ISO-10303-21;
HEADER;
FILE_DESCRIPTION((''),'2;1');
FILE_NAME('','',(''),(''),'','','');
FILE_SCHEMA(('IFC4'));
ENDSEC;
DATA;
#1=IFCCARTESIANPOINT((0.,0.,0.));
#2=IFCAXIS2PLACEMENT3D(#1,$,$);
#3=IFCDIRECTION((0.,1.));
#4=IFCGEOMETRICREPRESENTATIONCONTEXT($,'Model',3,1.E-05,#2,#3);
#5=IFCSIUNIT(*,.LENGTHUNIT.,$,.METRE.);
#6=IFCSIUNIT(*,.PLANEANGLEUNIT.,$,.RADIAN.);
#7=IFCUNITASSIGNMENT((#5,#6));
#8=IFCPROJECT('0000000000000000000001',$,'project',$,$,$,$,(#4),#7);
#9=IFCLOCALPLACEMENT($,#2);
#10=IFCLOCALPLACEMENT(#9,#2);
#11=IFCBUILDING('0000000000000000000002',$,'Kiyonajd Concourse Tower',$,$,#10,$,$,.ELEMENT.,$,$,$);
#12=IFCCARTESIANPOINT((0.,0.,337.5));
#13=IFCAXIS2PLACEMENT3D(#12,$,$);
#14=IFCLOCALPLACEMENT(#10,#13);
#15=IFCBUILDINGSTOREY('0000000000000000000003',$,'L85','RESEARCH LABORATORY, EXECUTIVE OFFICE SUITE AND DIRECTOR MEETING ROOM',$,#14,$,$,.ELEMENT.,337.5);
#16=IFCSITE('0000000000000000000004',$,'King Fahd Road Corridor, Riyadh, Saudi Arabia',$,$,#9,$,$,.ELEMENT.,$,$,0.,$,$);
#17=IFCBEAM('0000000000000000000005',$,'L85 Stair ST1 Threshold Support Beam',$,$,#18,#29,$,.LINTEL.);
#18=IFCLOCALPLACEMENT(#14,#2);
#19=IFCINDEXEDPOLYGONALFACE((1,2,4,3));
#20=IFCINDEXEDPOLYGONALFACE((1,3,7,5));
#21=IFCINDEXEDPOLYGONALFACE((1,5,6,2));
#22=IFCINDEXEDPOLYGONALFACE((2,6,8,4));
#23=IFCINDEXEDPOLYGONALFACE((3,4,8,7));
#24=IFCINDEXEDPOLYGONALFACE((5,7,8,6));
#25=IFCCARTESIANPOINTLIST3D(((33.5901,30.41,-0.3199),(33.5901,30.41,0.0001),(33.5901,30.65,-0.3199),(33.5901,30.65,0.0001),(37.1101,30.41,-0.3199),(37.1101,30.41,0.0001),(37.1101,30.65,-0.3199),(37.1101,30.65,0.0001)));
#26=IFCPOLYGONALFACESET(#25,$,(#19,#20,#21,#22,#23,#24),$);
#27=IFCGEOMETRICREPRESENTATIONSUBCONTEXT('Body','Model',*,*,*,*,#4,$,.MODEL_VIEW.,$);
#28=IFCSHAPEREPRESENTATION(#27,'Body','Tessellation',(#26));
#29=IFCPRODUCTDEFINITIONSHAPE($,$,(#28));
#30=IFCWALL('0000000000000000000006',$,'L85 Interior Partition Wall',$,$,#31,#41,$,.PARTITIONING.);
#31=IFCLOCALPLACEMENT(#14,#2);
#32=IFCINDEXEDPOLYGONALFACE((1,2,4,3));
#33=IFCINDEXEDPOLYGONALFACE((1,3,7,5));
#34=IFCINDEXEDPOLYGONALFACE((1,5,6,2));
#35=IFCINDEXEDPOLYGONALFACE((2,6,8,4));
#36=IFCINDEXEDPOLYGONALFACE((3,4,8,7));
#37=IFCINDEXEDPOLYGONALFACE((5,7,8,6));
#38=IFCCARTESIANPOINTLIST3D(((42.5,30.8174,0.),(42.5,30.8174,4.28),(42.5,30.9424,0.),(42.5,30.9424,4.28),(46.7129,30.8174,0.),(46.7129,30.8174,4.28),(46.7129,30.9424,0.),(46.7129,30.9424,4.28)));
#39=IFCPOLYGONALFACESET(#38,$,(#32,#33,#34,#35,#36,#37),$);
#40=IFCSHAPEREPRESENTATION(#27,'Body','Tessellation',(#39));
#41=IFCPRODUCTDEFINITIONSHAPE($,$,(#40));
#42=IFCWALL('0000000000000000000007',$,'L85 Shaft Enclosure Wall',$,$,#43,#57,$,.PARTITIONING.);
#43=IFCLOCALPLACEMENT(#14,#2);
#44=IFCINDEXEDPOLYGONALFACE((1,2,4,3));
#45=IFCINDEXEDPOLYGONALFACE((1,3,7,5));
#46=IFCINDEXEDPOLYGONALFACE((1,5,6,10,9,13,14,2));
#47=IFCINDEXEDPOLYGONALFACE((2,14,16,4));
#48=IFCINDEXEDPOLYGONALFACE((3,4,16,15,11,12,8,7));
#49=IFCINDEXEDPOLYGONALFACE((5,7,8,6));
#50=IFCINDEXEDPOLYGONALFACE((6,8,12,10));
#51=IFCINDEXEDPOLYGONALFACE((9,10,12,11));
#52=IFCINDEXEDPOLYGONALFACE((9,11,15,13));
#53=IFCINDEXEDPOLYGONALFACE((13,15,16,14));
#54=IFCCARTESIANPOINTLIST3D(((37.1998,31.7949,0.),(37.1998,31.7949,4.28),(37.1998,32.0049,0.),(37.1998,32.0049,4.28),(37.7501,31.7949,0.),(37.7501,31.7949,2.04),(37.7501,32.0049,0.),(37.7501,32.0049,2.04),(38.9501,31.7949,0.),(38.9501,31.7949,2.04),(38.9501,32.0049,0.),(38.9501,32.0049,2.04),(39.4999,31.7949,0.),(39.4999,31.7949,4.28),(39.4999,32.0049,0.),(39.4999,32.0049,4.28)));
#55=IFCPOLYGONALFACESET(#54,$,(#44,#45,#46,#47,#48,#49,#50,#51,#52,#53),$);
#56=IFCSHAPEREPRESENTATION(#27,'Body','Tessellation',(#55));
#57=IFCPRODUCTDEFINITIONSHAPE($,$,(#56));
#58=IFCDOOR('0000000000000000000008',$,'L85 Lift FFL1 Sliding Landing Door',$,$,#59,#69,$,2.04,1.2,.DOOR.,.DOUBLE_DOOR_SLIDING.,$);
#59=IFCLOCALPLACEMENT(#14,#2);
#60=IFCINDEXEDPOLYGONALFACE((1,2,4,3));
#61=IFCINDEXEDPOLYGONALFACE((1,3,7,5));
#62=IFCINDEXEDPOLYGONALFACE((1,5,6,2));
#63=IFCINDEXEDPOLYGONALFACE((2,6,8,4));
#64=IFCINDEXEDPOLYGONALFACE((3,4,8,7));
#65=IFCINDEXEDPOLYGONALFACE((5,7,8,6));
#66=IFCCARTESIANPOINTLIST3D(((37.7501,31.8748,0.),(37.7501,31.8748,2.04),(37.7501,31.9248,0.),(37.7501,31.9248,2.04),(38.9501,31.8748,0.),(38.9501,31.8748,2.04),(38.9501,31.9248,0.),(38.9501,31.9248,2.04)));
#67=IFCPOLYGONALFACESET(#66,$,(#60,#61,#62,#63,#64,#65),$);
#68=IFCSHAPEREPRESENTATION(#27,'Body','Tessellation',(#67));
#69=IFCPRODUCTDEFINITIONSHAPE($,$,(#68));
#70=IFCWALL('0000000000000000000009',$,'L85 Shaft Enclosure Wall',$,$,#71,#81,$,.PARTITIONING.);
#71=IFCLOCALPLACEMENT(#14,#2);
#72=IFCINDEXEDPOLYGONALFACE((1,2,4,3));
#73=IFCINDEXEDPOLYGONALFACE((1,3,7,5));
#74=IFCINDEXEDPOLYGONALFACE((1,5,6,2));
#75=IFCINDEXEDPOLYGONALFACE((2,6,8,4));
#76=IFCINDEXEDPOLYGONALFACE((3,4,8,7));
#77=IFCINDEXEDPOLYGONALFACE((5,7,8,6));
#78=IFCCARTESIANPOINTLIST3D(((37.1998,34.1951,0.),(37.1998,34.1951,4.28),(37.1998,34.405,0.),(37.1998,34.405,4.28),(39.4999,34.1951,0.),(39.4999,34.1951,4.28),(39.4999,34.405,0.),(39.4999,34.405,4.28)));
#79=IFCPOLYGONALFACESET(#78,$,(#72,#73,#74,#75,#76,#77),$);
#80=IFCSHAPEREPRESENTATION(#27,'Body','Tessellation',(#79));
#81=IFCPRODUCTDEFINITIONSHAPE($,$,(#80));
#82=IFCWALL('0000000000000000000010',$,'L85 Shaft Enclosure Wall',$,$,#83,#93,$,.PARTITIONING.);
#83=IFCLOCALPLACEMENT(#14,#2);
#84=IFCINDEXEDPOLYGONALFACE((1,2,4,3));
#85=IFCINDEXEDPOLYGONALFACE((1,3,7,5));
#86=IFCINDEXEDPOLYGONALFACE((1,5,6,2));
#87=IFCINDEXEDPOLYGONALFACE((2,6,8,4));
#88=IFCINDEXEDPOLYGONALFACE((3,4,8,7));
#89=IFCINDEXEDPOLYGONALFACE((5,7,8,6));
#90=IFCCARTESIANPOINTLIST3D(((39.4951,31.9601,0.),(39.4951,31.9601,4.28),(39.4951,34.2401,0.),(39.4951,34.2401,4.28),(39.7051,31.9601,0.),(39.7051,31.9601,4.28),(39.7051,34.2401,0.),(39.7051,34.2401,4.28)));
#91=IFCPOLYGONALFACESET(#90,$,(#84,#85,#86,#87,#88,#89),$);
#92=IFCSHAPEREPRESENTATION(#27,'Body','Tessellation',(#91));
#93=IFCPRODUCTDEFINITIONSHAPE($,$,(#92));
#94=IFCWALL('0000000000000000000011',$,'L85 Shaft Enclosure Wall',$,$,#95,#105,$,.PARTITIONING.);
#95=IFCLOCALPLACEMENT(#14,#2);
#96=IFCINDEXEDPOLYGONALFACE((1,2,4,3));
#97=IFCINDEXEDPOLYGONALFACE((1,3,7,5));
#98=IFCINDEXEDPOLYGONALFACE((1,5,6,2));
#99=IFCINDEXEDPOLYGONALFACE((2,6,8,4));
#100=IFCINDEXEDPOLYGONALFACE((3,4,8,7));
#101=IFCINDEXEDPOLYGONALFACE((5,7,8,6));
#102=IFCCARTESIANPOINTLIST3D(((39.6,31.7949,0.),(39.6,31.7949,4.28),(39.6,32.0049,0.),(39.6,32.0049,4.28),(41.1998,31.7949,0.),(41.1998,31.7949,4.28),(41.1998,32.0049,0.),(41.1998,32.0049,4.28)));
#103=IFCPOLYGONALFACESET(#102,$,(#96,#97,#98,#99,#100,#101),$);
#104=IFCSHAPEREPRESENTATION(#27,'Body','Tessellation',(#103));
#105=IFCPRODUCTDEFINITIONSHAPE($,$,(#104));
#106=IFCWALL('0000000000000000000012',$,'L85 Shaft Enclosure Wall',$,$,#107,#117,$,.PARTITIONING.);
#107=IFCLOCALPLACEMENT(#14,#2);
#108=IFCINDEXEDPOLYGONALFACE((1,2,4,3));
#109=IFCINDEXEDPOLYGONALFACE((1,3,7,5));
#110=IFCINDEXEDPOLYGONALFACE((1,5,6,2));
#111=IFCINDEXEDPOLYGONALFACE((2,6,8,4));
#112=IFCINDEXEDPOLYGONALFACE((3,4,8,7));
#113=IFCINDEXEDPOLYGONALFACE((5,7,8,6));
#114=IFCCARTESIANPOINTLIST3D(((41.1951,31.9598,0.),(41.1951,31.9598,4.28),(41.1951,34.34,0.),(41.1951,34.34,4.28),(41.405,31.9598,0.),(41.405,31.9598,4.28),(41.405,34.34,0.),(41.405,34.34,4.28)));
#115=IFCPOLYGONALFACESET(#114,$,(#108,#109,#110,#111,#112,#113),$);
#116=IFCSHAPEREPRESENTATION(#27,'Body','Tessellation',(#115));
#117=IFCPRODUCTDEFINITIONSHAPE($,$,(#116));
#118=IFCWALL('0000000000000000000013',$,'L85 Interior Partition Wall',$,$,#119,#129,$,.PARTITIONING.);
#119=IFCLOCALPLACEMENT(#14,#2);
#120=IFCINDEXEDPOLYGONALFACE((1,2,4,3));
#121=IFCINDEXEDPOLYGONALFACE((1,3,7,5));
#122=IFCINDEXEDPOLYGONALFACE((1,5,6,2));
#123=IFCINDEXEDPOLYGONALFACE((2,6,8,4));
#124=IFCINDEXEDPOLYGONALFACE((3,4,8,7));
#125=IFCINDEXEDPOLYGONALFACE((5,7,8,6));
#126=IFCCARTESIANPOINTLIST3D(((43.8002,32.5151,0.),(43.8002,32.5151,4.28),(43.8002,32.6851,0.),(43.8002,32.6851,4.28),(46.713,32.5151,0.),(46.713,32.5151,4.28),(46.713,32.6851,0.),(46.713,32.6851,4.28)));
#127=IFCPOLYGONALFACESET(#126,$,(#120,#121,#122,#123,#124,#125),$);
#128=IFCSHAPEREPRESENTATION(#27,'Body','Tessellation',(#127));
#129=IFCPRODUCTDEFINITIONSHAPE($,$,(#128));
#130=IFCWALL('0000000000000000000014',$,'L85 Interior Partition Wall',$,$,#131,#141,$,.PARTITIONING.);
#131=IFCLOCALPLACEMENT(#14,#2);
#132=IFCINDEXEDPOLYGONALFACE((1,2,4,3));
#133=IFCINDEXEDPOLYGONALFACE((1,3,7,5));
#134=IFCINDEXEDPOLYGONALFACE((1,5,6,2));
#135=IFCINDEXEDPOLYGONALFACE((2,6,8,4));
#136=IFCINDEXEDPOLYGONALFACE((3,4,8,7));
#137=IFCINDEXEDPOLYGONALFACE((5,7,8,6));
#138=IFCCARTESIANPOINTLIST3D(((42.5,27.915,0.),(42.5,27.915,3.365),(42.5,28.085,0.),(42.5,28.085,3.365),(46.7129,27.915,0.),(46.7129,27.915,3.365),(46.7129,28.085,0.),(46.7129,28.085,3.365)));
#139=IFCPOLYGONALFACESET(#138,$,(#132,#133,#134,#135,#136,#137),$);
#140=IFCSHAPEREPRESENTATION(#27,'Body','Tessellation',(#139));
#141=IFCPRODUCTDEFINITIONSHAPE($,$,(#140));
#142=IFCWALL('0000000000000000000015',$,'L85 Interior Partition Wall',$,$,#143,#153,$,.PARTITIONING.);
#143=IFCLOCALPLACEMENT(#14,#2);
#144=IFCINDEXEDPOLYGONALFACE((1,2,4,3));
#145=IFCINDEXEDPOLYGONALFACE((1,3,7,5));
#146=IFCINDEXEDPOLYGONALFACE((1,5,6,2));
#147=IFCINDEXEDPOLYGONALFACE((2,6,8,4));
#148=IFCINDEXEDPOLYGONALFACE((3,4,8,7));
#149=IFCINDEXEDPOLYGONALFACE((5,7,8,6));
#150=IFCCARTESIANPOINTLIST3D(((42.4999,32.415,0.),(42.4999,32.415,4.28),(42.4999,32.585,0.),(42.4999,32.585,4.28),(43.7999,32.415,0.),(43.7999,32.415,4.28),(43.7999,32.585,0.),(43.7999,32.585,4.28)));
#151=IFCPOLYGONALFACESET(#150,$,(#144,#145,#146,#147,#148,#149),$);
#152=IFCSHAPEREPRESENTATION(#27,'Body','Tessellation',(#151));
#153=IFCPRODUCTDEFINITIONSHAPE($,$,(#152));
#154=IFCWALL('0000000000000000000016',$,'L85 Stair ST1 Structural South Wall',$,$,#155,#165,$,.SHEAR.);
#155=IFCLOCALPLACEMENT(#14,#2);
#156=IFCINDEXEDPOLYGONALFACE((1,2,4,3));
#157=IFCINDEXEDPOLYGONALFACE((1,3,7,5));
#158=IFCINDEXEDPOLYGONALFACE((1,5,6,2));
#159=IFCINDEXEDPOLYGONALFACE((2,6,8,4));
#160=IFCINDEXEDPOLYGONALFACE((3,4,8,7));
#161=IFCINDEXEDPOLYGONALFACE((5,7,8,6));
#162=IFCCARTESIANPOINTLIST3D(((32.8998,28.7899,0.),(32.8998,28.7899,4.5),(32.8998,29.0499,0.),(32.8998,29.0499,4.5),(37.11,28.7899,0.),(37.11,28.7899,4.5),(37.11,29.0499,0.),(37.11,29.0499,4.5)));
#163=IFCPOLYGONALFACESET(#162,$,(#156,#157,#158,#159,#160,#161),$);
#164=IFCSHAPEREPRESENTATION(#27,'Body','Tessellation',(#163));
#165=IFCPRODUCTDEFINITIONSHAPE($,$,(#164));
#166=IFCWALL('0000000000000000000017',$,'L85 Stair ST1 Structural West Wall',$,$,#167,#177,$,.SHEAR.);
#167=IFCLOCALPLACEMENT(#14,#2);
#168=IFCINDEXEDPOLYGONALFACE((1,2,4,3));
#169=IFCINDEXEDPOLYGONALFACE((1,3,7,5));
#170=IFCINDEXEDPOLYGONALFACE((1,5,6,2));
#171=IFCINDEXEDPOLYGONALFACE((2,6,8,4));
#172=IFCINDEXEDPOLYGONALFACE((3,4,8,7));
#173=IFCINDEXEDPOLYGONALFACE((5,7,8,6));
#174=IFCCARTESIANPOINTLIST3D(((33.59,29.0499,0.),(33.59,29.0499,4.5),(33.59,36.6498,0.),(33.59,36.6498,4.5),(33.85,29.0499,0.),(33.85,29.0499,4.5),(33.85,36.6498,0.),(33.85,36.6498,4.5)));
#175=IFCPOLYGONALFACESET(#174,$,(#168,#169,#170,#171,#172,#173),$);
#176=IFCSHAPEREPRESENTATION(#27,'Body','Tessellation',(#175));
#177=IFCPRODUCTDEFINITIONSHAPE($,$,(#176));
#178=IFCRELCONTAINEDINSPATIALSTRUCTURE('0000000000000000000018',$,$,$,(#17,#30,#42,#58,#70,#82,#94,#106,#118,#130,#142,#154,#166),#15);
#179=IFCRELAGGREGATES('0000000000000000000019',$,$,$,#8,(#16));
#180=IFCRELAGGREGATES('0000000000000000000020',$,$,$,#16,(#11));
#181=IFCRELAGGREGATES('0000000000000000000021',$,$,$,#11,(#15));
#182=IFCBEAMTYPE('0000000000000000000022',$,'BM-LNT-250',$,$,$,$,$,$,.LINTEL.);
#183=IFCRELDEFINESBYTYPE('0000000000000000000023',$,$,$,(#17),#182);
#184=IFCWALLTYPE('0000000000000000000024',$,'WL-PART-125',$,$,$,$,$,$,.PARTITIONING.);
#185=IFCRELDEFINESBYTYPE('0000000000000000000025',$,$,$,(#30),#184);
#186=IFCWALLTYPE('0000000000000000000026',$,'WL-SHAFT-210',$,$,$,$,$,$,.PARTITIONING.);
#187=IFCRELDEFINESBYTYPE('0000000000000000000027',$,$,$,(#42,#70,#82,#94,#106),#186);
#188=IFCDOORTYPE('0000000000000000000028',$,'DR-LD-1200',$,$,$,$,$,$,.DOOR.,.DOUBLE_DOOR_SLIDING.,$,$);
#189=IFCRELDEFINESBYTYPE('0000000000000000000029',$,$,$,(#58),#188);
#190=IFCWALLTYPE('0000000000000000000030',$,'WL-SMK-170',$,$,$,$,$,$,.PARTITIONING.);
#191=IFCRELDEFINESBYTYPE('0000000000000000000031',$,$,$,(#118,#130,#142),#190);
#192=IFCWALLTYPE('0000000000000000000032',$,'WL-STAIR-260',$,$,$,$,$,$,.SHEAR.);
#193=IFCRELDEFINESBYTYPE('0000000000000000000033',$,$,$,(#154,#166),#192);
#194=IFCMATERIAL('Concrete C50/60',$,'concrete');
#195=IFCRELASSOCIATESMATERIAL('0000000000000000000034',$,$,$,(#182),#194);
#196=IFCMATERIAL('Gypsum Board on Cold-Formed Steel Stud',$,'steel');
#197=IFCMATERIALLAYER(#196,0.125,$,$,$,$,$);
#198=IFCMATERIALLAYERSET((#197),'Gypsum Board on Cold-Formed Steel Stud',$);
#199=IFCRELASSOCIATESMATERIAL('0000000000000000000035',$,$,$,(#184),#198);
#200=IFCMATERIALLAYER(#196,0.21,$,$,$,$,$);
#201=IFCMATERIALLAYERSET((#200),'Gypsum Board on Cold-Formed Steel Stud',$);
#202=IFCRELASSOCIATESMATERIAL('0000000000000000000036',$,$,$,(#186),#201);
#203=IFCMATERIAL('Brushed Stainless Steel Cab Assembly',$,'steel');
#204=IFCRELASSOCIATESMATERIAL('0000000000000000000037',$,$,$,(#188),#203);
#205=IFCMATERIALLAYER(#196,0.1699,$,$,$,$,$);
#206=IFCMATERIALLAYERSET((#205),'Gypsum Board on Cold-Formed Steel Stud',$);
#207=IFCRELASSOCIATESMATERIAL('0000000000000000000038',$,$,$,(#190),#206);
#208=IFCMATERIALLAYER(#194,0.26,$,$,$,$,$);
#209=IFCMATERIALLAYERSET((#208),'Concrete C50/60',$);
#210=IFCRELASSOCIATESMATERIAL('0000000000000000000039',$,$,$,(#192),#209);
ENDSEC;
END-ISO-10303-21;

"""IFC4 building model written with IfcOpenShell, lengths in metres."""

from ifc_helpers import new_model, si_unit, direction, frame, frame_2d, origin, origin_2d, place, context, subcontext, project, spatial, rectangle, extrude, material, layer, layer_set, material_profile, profile_set, type_object, element, fill, save


model = new_model("IFC4")

# Units and contexts
model_context = context("Model", 3, precision=1e-05, world=origin(), true_north=direction((0.0, 1.0)))
body_context = subcontext(model_context, "Body", "Model", "MODEL_VIEW")
ifc_project = project(units=[si_unit("LENGTHUNIT", "METRE"), si_unit("PLANEANGLEUNIT", "RADIAN")], contexts=[model_context])

# Site, building, storey
site_placement = place(None, origin())
site = spatial("IfcSite", under=ifc_project, at=site_placement, Name="King Fahd Road Corridor, Riyadh, Saudi Arabia", CompositionType="ELEMENT", RefElevation=0.0)
building_placement = place(site_placement, origin())
building = spatial("IfcBuilding", under=site, at=building_placement, Name="Kiyonajd Concourse Tower", CompositionType="ELEMENT")
storey_placement = place(building_placement, frame((0.0, 0.0, 337.5)))
storey = spatial("IfcBuildingStorey", under=building, at=storey_placement, Name="L85", Description="RESEARCH LABORATORY, EXECUTIVE OFFICE SUITE AND DIRECTOR MEETING ROOM", CompositionType="ELEMENT", Elevation=337.5)

# Beam
ifc_material_1 = material(Name="Concrete C50/60", Category="concrete")
ifc_material_profile = material_profile(ifc_material_1, rectangle(XDim=0.24, YDim=0.3201, at=origin_2d()), Name="RCBM-240x320")
ifc_profile_set = profile_set([ifc_material_profile], Name="Concrete C50/60")
beam_type = type_object("IfcBeamType", Name="BM-LNT-250", PredefinedType="LINTEL", material=ifc_profile_set)
beam_placement = place(storey_placement, frame((33.5901, 30.53, -0.1599), z_axis=(1.0, 0.0, 0.0), x_axis=(0.0, 1.0, 0.0)))
element("IfcBeam", 1, at=beam_placement, inside=storey, type_object=beam_type, Name="L85 Stair ST1 Threshold Support Beam", PredefinedType="LINTEL", context=body_context, shape_type="SweptSolid", body=[
    extrude(rectangle(XDim=0.24, YDim=0.3201, at=origin_2d()), origin(), (0.0, 0.0, 1.0), 3.52),
])

# Wall
ifc_material_2 = material(Name="Gypsum Board on Cold-Formed Steel Stud", Category="steel")
ifc_layer_1 = layer(ifc_material_2, 0.125)
ifc_layer_set_1 = layer_set([ifc_layer_1], Name="Gypsum Board on Cold-Formed Steel Stud")
wall_type_1 = type_object("IfcWallType", Name="WL-PART-125", PredefinedType="PARTITIONING", material=ifc_layer_set_1)
wall_1_placement = place(storey_placement, frame((42.5, 30.8799, 0.0), z_axis=(0.0, 0.0, 1.0), x_axis=(1.0, 0.0, 0.0)))
element("IfcWall", 2, at=wall_1_placement, inside=storey, type_object=wall_type_1, Name="L85 Interior Partition Wall", PredefinedType="PARTITIONING", context=body_context, shape_type="SweptSolid", body=[
    extrude(rectangle(XDim=4.2129, YDim=0.125, at=frame_2d((2.1064, 0.0))), origin(), (0.0, 0.0, 1.0), 4.28),
])

# Wall, opening, door
ifc_layer_2 = layer(ifc_material_2, 0.21)
ifc_layer_set_2 = layer_set([ifc_layer_2], Name="Gypsum Board on Cold-Formed Steel Stud")
wall_type_2 = type_object("IfcWallType", Name="WL-SHAFT-210", PredefinedType="PARTITIONING", material=ifc_layer_set_2)
wall_2_placement = place(storey_placement, frame((37.2, 31.8999, 0.0), z_axis=(0.0, 0.0, 1.0), x_axis=(1.0, 0.0, 0.0)))
wall_2 = element("IfcWall", 3, at=wall_2_placement, inside=storey, type_object=wall_type_2, Name="L85 Shaft Enclosure Wall", PredefinedType="PARTITIONING", context=body_context, shape_type="SweptSolid", body=[
    extrude(rectangle(XDim=2.3, YDim=0.21, at=frame_2d((1.1499, 0.0))), origin(), (0.0, 0.0, 1.0), 4.28),
])
opening_1_placement = place(wall_2_placement, frame((0.55, 0.0, 0.0)))
opening_1 = element("IfcOpeningElement", 4, at=opening_1_placement, cuts=wall_2, PredefinedType="OPENING", context=body_context, shape_type="SweptSolid", body=[
    extrude(rectangle(XDim=1.2, YDim=2.04, at=frame_2d((0.6001, 1.02))), frame((0.0, 0.115, 0.0), z_axis=(0.0, -1.0, 0.0), x_axis=(1.0, 0.0, 0.0)), (0.0, 0.0, 1.0), 0.23),
])
ifc_material_3 = material(Name="Brushed Stainless Steel Cab Assembly", Category="steel")
door_type_1 = type_object("IfcDoorType", Name="DR-LD-1200", OperationType="DOUBLE_DOOR_SLIDING", PredefinedType="DOOR", material=ifc_material_3)
door_1_placement = place(opening_1_placement, origin())
door_1 = element("IfcDoor", 5, at=door_1_placement, inside=storey, type_object=door_type_1, Name="L85 Lift FFL1 Sliding Landing Door", OperationType="DOUBLE_DOOR_SLIDING", OverallHeight=2.04, OverallWidth=1.2, PredefinedType="DOOR", context=body_context, shape_type="SweptSolid", body=[
    extrude(rectangle(XDim=1.2, YDim=2.04, at=frame_2d((0.6001, 1.02))), frame((0.0, 0.0249, 0.0), z_axis=(0.0, -1.0, 0.0), x_axis=(1.0, 0.0, 0.0)), (0.0, 0.0, 1.0), 0.05),
])
fill(opening_1, door_1)

# Walls
wall_3_placement = place(storey_placement, frame((37.2, 34.3, 0.0), z_axis=(0.0, 0.0, 1.0), x_axis=(1.0, 0.0, 0.0)))
element("IfcWall", 6, at=wall_3_placement, inside=storey, type_object=wall_type_2, Name="L85 Shaft Enclosure Wall", PredefinedType="PARTITIONING", context=body_context, shape_type="SweptSolid", body=[
    extrude(rectangle(XDim=2.3, YDim=0.21, at=frame_2d((1.1499, 0.0))), origin(), (0.0, 0.0, 1.0), 4.28),
])
wall_4_placement = place(storey_placement, frame((39.6001, 31.96, 0.0), z_axis=(0.0, 0.0, 1.0), x_axis=(0.0, 1.0, 0.0)))
element("IfcWall", 7, at=wall_4_placement, inside=storey, type_object=wall_type_2, Name="L85 Shaft Enclosure Wall", PredefinedType="PARTITIONING", context=body_context, shape_type="SweptSolid", body=[
    extrude(rectangle(XDim=2.28, YDim=0.21, at=frame_2d((1.1401, 0.0))), origin(), (0.0, 0.0, 1.0), 4.28),
])
wall_5_placement = place(storey_placement, frame((39.6001, 31.8999, 0.0), z_axis=(0.0, 0.0, 1.0), x_axis=(1.0, 0.0, 0.0)))
element("IfcWall", 8, at=wall_5_placement, inside=storey, type_object=wall_type_2, Name="L85 Shaft Enclosure Wall", PredefinedType="PARTITIONING", context=body_context, shape_type="SweptSolid", body=[
    extrude(rectangle(XDim=1.5999, YDim=0.21, at=frame_2d((0.7998, 0.0))), origin(), (0.0, 0.0, 1.0), 4.28),
])
wall_6_placement = place(storey_placement, frame((41.3, 31.96, 0.0), z_axis=(0.0, 0.0, 1.0), x_axis=(0.0, 1.0, 0.0)))
element("IfcWall", 9, at=wall_6_placement, inside=storey, type_object=wall_type_2, Name="L85 Shaft Enclosure Wall", PredefinedType="PARTITIONING", context=body_context, shape_type="SweptSolid", body=[
    extrude(rectangle(XDim=2.3801, YDim=0.21, at=frame_2d((1.1899, 0.0))), origin(), (0.0, 0.0, 1.0), 4.28),
])
ifc_layer_3 = layer(ifc_material_2, 0.1699)
ifc_layer_set_3 = layer_set([ifc_layer_3], Name="Gypsum Board on Cold-Formed Steel Stud")
wall_type_3 = type_object("IfcWallType", Name="WL-SMK-170", PredefinedType="PARTITIONING", material=ifc_layer_set_3)
wall_7_placement = place(storey_placement, frame((43.8, 32.6001, 0.0), z_axis=(0.0, 0.0, 1.0), x_axis=(1.0, 0.0, 0.0)))
element("IfcWall", 10, at=wall_7_placement, inside=storey, type_object=wall_type_3, Name="L85 Interior Partition Wall", PredefinedType="PARTITIONING", context=body_context, shape_type="SweptSolid", body=[
    extrude(rectangle(XDim=2.9128, YDim=0.1699, at=frame_2d((1.4565, 0.0))), origin(), (0.0, 0.0, 1.0), 4.28),
])
wall_8_placement = place(storey_placement, frame((42.5, 28.0, 0.0), z_axis=(0.0, 0.0, 1.0), x_axis=(1.0, 0.0, 0.0)))
element("IfcWall", 11, at=wall_8_placement, inside=storey, type_object=wall_type_3, Name="L85 Interior Partition Wall", PredefinedType="PARTITIONING", context=body_context, shape_type="SweptSolid", body=[
    extrude(rectangle(XDim=4.2129, YDim=0.1699, at=frame_2d((2.1064, 0.0))), origin(), (0.0, 0.0, 1.0), 3.365),
])
wall_9_placement = place(storey_placement, frame((42.5, 32.5, 0.0), z_axis=(0.0, 0.0, 1.0), x_axis=(1.0, 0.0, 0.0)))
element("IfcWall", 12, at=wall_9_placement, inside=storey, type_object=wall_type_3, Name="L85 Interior Partition Wall", PredefinedType="PARTITIONING", context=body_context, shape_type="SweptSolid", body=[
    extrude(rectangle(XDim=1.3, YDim=0.1699, at=frame_2d((0.6499, 0.0))), origin(), (0.0, 0.0, 1.0), 4.28),
])
ifc_layer_4 = layer(ifc_material_1, 0.26)
ifc_layer_set_4 = layer_set([ifc_layer_4], Name="Concrete C50/60")
wall_type_4 = type_object("IfcWallType", Name="WL-STAIR-260", PredefinedType="SHEAR", material=ifc_layer_set_4)
wall_10_placement = place(storey_placement, frame((32.8999, 28.9199, 0.0), z_axis=(0.0, 0.0, 1.0), x_axis=(1.0, 0.0, 0.0)))
element("IfcWall", 13, at=wall_10_placement, inside=storey, type_object=wall_type_4, Name="L85 Stair ST1 Structural South Wall", PredefinedType="SHEAR", context=body_context, shape_type="SweptSolid", body=[
    extrude(rectangle(XDim=4.2102, YDim=0.26, at=frame_2d((2.105, 0.0))), origin(), (0.0, 0.0, 1.0), 4.5),
])
wall_11_placement = place(storey_placement, frame((33.72, 29.05, 0.0), z_axis=(0.0, 0.0, 1.0), x_axis=(0.0, 1.0, 0.0)))
element("IfcWall", 14, at=wall_11_placement, inside=storey, type_object=wall_type_4, Name="L85 Stair ST1 Structural West Wall", PredefinedType="SHEAR", context=body_context, shape_type="SweptSolid", body=[
    extrude(rectangle(XDim=7.5999, YDim=0.26, at=frame_2d((3.7998, 0.0))), origin(), (0.0, 0.0, 1.0), 4.5),
])

save(model, "model.ifc")
